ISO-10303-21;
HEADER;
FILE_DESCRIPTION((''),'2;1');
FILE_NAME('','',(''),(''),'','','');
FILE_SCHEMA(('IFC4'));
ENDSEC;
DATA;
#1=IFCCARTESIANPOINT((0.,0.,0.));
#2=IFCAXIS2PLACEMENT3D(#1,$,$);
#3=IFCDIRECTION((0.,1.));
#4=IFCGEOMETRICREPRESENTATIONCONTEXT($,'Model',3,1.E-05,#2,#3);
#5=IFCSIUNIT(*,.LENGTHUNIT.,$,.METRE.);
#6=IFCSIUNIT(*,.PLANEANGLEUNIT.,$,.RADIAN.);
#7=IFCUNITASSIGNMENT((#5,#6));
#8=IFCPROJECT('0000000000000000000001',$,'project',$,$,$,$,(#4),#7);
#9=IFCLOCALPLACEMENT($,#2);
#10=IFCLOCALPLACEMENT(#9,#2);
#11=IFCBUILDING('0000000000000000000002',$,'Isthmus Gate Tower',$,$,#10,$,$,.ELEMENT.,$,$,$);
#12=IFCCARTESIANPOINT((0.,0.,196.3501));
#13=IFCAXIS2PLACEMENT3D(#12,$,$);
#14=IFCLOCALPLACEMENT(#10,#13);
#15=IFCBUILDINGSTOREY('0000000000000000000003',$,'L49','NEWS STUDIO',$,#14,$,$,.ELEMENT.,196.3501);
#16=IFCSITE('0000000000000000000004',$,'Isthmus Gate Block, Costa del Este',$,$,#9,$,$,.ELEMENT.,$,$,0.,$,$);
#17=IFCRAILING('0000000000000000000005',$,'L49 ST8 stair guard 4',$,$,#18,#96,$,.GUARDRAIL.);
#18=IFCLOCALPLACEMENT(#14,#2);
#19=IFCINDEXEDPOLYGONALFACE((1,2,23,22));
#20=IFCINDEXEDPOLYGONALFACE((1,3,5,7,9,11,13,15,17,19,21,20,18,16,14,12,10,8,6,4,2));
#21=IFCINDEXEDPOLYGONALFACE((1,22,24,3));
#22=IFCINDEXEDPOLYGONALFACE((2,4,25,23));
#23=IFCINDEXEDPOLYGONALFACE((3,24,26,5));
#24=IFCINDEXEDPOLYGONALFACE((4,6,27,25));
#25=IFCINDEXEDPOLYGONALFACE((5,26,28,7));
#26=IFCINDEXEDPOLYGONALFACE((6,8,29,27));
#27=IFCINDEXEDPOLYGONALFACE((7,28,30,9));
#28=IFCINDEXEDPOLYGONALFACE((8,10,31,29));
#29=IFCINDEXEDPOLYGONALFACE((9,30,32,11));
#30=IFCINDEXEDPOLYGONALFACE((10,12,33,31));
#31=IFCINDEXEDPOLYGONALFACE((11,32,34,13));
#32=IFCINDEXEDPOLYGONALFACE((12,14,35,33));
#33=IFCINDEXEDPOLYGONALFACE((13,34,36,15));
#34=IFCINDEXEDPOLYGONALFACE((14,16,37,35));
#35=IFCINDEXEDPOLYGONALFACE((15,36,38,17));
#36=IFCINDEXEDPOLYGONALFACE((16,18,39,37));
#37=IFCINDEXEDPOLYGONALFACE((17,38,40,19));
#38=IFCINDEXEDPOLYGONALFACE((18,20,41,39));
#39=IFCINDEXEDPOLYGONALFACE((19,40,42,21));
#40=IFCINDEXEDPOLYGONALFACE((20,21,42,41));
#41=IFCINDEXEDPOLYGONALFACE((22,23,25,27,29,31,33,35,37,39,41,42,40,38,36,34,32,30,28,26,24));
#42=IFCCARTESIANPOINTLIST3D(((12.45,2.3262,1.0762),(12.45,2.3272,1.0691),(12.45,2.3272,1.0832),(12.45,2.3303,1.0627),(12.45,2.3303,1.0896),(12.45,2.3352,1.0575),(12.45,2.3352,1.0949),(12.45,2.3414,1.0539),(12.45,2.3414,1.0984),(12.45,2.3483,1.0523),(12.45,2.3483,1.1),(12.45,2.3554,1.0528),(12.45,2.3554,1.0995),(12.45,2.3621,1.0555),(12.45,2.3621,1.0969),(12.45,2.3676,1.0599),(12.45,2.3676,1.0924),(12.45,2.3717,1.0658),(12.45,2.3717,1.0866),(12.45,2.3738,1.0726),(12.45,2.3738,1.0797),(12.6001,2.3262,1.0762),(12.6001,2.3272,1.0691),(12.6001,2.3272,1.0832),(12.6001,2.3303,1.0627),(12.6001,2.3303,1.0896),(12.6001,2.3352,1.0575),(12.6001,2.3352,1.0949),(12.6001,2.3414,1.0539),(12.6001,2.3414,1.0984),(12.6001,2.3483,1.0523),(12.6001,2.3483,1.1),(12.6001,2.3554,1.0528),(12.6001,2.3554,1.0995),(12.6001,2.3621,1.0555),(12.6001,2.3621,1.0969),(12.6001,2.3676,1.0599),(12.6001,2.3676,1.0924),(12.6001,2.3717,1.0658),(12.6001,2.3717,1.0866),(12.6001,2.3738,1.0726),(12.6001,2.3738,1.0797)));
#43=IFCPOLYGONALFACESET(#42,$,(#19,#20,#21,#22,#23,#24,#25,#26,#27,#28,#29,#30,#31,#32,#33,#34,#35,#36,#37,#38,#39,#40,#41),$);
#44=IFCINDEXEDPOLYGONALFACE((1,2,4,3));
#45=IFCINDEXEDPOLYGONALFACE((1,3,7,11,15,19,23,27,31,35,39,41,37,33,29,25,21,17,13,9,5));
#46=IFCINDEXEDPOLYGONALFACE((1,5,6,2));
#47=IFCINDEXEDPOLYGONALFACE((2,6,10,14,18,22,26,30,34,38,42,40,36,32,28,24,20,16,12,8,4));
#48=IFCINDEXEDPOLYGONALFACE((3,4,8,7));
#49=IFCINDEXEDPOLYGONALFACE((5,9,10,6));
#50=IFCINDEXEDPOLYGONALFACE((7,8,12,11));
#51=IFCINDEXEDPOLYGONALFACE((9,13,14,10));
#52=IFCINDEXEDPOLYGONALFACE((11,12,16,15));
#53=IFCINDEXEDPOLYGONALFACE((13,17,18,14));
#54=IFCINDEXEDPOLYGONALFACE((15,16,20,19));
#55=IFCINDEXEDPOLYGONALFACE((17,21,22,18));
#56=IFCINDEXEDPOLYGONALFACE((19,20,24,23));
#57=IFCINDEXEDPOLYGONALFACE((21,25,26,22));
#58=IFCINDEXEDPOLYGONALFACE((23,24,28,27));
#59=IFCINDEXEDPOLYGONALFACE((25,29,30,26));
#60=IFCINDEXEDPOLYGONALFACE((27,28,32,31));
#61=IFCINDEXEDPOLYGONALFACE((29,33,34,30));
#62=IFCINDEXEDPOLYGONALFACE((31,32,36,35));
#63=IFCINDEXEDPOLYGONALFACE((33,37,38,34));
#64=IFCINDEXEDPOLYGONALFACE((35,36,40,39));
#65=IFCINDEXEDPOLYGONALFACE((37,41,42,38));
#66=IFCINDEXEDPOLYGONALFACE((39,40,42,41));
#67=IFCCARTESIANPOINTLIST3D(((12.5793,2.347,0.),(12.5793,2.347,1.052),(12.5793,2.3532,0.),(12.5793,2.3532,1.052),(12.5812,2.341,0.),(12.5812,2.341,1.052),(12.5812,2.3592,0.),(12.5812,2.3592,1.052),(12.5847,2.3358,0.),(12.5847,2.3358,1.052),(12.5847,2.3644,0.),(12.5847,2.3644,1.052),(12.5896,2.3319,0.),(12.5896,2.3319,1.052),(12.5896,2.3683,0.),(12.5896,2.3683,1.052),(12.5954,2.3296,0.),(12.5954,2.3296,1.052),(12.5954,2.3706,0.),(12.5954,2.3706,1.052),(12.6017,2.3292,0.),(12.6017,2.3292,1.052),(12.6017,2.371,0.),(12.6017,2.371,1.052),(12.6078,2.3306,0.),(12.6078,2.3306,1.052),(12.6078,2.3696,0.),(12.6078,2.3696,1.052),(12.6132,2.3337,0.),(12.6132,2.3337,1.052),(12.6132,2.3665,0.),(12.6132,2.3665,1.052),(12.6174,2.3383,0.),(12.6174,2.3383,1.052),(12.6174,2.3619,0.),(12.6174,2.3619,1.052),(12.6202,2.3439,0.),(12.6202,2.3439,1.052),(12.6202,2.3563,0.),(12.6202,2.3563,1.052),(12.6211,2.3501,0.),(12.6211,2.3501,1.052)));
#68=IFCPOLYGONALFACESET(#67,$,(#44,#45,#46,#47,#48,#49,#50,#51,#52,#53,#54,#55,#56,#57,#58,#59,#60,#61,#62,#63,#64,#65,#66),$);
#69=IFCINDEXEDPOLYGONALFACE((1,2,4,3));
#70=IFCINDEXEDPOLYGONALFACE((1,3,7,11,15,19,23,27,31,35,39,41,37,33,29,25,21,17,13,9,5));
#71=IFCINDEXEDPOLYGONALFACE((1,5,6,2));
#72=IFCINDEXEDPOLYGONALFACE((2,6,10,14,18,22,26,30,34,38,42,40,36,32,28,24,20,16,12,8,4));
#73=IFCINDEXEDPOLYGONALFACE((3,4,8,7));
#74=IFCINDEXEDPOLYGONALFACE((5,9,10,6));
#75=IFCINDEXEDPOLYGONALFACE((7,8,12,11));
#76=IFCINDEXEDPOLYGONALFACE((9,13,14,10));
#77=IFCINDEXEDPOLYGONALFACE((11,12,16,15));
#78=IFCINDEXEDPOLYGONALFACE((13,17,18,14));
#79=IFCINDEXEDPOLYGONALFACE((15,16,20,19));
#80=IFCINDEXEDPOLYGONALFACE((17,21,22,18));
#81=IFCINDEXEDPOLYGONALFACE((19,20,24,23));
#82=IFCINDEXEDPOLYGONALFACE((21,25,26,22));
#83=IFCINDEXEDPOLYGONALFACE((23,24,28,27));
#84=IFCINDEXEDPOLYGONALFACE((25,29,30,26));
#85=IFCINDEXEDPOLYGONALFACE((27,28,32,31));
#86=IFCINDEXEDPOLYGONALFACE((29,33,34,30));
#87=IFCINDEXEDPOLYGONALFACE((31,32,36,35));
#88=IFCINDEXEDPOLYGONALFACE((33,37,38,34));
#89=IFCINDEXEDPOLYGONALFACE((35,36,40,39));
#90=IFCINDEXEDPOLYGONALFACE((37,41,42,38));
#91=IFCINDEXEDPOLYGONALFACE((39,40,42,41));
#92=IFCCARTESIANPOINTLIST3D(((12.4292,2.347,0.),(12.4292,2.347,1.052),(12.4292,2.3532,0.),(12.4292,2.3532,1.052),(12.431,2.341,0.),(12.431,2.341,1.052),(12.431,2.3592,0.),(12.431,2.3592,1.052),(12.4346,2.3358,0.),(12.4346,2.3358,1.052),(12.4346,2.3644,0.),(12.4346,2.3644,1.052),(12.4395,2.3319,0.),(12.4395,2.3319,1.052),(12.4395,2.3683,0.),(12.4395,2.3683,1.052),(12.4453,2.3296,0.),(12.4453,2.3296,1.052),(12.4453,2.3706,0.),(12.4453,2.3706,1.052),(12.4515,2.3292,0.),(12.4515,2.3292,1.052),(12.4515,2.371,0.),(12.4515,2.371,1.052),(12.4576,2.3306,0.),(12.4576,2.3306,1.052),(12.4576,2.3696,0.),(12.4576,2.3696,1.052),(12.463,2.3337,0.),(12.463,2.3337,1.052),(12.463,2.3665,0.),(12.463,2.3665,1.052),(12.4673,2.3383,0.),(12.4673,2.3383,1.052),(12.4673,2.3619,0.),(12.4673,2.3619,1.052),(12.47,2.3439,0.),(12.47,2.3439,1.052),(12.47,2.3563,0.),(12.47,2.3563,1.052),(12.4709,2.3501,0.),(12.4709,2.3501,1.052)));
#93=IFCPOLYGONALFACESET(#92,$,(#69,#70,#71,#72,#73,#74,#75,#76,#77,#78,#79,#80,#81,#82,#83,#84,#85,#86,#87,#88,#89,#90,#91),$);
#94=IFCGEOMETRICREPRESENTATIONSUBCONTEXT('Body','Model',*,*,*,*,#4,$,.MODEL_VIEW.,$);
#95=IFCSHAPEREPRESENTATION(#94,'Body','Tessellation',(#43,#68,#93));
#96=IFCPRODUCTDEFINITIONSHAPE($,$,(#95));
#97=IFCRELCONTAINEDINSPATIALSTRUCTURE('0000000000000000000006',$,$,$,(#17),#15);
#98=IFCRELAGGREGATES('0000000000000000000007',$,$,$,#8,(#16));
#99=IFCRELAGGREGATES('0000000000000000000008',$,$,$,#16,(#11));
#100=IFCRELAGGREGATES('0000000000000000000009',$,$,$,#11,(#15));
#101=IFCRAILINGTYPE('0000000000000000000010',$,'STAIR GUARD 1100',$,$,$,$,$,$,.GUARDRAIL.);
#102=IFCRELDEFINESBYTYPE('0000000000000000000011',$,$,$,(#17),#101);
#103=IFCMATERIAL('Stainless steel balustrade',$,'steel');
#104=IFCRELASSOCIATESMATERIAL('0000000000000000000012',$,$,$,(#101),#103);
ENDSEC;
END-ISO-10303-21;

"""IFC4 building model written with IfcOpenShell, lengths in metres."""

from ifc_helpers import new_model, si_unit, direction, frame, origin, origin_2d, place, context, subcontext, project, spatial, circle, extrude, material, type_object, element, save


model = new_model("IFC4")

# Units and contexts
model_context = context("Model", 3, precision=1e-05, world=origin(), true_north=direction((0.0, 1.0)))
body_context = subcontext(model_context, "Body", "Model", "MODEL_VIEW")
ifc_project = project(units=[si_unit("LENGTHUNIT", "METRE"), si_unit("PLANEANGLEUNIT", "RADIAN")], contexts=[model_context])

# Site, building, storey
site_placement = place(None, origin())
site = spatial("IfcSite", under=ifc_project, at=site_placement, Name="Isthmus Gate Block, Costa del Este", CompositionType="ELEMENT", RefElevation=0.0)
building_placement = place(site_placement, origin())
building = spatial("IfcBuilding", under=site, at=building_placement, Name="Isthmus Gate Tower", CompositionType="ELEMENT")
storey_placement = place(building_placement, frame((0.0, 0.0, 196.3501)))
storey = spatial("IfcBuildingStorey", under=building, at=storey_placement, Name="L49", Description="NEWS STUDIO", CompositionType="ELEMENT", Elevation=196.3501)

# Railing
ifc_material_1 = material(Name="Stainless steel balustrade", Category="steel")
railing_type_1 = type_object("IfcRailingType", Name="STAIR GUARD 1100", PredefinedType="GUARDRAIL", material=ifc_material_1)
railing_1_placement = place(storey_placement, frame((12.6001, 2.3501, 0.0)))
element("IfcRailing", 1, at=railing_1_placement, inside=storey, type_object=railing_type_1, Name="L49 ST8 stair guard 4", PredefinedType="GUARDRAIL", context=body_context, shape_type="SweptSolid", body=[
    extrude(circle(Radius=0.0239, at=origin_2d()), frame((0.0, 0.0, 1.0762), z_axis=(-1.0, 0.0, 0.0), x_axis=(0.0, -1.0, 0.0)), (0.0, 0.0, 1.0), 0.1501),
    extrude(circle(Radius=0.021, at=origin_2d()), origin(), (0.0, 0.0, 1.0), 1.052),
    extrude(circle(Radius=0.021, at=origin_2d()), frame((-0.1501, 0.0, 0.0)), (0.0, 0.0, 1.0), 1.052),
])

save(model, "model.ifc")
